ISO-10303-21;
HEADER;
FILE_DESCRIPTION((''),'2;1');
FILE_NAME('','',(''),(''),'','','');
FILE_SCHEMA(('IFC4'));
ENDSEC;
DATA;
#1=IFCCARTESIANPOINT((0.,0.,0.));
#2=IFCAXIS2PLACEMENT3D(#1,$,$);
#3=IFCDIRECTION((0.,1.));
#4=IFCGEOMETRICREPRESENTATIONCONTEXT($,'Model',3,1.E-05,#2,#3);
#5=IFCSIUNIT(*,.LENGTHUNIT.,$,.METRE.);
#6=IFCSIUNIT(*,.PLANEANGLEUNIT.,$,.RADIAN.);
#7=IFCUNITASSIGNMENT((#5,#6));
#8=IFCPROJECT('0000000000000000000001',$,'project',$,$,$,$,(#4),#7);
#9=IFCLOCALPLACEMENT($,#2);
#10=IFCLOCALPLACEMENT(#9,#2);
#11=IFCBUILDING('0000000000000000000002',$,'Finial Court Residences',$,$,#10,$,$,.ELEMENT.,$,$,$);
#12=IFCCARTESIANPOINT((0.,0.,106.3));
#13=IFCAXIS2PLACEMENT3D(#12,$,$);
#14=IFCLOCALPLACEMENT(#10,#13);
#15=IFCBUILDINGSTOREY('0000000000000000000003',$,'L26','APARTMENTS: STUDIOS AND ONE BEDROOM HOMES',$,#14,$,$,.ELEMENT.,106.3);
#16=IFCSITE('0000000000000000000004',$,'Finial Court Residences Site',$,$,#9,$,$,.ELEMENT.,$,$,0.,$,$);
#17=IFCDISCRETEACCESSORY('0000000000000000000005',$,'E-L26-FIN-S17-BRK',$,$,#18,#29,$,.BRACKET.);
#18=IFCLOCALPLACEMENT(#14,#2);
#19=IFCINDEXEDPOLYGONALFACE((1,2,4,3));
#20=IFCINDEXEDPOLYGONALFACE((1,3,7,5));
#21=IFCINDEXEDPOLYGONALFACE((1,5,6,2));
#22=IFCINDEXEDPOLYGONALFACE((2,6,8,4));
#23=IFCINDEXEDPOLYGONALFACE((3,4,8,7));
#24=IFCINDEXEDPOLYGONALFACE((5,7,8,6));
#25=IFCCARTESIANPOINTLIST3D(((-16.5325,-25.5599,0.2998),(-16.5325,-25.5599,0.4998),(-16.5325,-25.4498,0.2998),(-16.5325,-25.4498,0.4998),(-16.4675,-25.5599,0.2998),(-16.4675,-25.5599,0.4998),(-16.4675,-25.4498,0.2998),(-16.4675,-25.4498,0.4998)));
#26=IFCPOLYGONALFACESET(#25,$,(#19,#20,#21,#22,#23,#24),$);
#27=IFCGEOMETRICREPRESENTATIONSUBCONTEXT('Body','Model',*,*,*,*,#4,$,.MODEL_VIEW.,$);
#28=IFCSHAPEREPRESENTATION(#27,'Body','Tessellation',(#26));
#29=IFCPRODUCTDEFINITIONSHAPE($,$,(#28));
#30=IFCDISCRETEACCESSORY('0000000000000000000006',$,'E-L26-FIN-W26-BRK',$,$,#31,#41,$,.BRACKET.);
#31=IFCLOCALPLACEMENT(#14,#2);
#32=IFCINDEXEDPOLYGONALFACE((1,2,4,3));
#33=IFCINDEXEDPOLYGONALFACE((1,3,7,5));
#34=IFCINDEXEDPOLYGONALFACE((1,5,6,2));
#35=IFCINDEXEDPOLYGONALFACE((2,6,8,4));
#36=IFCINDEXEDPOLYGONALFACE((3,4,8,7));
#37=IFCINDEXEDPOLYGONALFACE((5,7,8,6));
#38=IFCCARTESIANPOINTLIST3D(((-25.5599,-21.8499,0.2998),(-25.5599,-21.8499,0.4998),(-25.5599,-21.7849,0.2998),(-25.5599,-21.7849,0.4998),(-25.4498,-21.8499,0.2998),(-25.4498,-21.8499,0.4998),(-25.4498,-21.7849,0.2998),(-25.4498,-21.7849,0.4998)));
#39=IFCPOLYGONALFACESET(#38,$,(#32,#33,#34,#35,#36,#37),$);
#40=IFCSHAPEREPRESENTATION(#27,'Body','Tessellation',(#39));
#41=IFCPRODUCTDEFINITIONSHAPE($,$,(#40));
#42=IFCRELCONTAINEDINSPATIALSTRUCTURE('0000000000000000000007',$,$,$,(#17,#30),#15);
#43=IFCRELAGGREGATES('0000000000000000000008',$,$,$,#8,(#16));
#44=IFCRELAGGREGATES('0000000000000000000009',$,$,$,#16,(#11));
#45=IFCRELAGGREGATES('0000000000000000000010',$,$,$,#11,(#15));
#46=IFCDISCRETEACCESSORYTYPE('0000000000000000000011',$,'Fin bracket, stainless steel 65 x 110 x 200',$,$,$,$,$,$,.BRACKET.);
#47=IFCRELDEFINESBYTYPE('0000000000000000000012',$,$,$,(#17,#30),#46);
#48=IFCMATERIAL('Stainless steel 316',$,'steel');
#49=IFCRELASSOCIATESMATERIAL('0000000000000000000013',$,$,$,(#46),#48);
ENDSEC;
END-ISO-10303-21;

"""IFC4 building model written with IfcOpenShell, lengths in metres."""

from ifc_helpers import new_model, si_unit, direction, frame, origin, origin_2d, place, context, subcontext, project, spatial, rectangle, extrude, material, type_object, element, save


model = new_model("IFC4")

# Units and contexts
model_context = context("Model", 3, precision=1e-05, world=origin(), true_north=direction((0.0, 1.0)))
body_context = subcontext(model_context, "Body", "Model", "MODEL_VIEW")
ifc_project = project(units=[si_unit("LENGTHUNIT", "METRE"), si_unit("PLANEANGLEUNIT", "RADIAN")], contexts=[model_context])

# Site, building, storey
site_placement = place(None, origin())
site = spatial("IfcSite", under=ifc_project, at=site_placement, Name="Finial Court Residences Site", CompositionType="ELEMENT", RefElevation=0.0)
building_placement = place(site_placement, origin())
building = spatial("IfcBuilding", under=site, at=building_placement, Name="Finial Court Residences", CompositionType="ELEMENT")
storey_placement = place(building_placement, frame((0.0, 0.0, 106.3)))
storey = spatial("IfcBuildingStorey", under=building, at=storey_placement, Name="L26", Description="APARTMENTS: STUDIOS AND ONE BEDROOM HOMES", CompositionType="ELEMENT", Elevation=106.3)

# Discrete accessories
ifc_material_1 = material(Name="Stainless steel 316", Category="steel")
discrete_accessory_type = type_object("IfcDiscreteAccessoryType", Name="Fin bracket, stainless steel 65 x 110 x 200", PredefinedType="BRACKET", material=ifc_material_1)
for number, where, z_axis, x_axis, name in (
    (1, (-16.5, -25.5049, 0.2998), (0.0, 0.0, 1.0), (1.0, 0.0, 0.0), "E-L26-FIN-S17-BRK"),
):
    element("IfcDiscreteAccessory", number, at=place(storey_placement, frame(where, z_axis=z_axis, x_axis=x_axis)), inside=storey, type_object=discrete_accessory_type, Name=name, PredefinedType="BRACKET", context=body_context, shape_type="SweptSolid", body=[
        extrude(rectangle(XDim=0.0649, YDim=0.1101, at=origin_2d()), origin(), (0.0, 0.0, 1.0), 0.2),
    ])
discrete_accessory_placement = place(storey_placement, frame((-25.5049, -21.8174, 0.2998), z_axis=(0.0, 0.0, 1.0), x_axis=(1.0, 0.0, 0.0)))
element("IfcDiscreteAccessory", 2, at=discrete_accessory_placement, inside=storey, type_object=discrete_accessory_type, Name="E-L26-FIN-W26-BRK", PredefinedType="BRACKET", context=body_context, shape_type="SweptSolid", body=[
    extrude(rectangle(XDim=0.1101, YDim=0.0649, at=origin_2d()), origin(), (0.0, 0.0, 1.0), 0.2),
])

save(model, "model.ifc")
